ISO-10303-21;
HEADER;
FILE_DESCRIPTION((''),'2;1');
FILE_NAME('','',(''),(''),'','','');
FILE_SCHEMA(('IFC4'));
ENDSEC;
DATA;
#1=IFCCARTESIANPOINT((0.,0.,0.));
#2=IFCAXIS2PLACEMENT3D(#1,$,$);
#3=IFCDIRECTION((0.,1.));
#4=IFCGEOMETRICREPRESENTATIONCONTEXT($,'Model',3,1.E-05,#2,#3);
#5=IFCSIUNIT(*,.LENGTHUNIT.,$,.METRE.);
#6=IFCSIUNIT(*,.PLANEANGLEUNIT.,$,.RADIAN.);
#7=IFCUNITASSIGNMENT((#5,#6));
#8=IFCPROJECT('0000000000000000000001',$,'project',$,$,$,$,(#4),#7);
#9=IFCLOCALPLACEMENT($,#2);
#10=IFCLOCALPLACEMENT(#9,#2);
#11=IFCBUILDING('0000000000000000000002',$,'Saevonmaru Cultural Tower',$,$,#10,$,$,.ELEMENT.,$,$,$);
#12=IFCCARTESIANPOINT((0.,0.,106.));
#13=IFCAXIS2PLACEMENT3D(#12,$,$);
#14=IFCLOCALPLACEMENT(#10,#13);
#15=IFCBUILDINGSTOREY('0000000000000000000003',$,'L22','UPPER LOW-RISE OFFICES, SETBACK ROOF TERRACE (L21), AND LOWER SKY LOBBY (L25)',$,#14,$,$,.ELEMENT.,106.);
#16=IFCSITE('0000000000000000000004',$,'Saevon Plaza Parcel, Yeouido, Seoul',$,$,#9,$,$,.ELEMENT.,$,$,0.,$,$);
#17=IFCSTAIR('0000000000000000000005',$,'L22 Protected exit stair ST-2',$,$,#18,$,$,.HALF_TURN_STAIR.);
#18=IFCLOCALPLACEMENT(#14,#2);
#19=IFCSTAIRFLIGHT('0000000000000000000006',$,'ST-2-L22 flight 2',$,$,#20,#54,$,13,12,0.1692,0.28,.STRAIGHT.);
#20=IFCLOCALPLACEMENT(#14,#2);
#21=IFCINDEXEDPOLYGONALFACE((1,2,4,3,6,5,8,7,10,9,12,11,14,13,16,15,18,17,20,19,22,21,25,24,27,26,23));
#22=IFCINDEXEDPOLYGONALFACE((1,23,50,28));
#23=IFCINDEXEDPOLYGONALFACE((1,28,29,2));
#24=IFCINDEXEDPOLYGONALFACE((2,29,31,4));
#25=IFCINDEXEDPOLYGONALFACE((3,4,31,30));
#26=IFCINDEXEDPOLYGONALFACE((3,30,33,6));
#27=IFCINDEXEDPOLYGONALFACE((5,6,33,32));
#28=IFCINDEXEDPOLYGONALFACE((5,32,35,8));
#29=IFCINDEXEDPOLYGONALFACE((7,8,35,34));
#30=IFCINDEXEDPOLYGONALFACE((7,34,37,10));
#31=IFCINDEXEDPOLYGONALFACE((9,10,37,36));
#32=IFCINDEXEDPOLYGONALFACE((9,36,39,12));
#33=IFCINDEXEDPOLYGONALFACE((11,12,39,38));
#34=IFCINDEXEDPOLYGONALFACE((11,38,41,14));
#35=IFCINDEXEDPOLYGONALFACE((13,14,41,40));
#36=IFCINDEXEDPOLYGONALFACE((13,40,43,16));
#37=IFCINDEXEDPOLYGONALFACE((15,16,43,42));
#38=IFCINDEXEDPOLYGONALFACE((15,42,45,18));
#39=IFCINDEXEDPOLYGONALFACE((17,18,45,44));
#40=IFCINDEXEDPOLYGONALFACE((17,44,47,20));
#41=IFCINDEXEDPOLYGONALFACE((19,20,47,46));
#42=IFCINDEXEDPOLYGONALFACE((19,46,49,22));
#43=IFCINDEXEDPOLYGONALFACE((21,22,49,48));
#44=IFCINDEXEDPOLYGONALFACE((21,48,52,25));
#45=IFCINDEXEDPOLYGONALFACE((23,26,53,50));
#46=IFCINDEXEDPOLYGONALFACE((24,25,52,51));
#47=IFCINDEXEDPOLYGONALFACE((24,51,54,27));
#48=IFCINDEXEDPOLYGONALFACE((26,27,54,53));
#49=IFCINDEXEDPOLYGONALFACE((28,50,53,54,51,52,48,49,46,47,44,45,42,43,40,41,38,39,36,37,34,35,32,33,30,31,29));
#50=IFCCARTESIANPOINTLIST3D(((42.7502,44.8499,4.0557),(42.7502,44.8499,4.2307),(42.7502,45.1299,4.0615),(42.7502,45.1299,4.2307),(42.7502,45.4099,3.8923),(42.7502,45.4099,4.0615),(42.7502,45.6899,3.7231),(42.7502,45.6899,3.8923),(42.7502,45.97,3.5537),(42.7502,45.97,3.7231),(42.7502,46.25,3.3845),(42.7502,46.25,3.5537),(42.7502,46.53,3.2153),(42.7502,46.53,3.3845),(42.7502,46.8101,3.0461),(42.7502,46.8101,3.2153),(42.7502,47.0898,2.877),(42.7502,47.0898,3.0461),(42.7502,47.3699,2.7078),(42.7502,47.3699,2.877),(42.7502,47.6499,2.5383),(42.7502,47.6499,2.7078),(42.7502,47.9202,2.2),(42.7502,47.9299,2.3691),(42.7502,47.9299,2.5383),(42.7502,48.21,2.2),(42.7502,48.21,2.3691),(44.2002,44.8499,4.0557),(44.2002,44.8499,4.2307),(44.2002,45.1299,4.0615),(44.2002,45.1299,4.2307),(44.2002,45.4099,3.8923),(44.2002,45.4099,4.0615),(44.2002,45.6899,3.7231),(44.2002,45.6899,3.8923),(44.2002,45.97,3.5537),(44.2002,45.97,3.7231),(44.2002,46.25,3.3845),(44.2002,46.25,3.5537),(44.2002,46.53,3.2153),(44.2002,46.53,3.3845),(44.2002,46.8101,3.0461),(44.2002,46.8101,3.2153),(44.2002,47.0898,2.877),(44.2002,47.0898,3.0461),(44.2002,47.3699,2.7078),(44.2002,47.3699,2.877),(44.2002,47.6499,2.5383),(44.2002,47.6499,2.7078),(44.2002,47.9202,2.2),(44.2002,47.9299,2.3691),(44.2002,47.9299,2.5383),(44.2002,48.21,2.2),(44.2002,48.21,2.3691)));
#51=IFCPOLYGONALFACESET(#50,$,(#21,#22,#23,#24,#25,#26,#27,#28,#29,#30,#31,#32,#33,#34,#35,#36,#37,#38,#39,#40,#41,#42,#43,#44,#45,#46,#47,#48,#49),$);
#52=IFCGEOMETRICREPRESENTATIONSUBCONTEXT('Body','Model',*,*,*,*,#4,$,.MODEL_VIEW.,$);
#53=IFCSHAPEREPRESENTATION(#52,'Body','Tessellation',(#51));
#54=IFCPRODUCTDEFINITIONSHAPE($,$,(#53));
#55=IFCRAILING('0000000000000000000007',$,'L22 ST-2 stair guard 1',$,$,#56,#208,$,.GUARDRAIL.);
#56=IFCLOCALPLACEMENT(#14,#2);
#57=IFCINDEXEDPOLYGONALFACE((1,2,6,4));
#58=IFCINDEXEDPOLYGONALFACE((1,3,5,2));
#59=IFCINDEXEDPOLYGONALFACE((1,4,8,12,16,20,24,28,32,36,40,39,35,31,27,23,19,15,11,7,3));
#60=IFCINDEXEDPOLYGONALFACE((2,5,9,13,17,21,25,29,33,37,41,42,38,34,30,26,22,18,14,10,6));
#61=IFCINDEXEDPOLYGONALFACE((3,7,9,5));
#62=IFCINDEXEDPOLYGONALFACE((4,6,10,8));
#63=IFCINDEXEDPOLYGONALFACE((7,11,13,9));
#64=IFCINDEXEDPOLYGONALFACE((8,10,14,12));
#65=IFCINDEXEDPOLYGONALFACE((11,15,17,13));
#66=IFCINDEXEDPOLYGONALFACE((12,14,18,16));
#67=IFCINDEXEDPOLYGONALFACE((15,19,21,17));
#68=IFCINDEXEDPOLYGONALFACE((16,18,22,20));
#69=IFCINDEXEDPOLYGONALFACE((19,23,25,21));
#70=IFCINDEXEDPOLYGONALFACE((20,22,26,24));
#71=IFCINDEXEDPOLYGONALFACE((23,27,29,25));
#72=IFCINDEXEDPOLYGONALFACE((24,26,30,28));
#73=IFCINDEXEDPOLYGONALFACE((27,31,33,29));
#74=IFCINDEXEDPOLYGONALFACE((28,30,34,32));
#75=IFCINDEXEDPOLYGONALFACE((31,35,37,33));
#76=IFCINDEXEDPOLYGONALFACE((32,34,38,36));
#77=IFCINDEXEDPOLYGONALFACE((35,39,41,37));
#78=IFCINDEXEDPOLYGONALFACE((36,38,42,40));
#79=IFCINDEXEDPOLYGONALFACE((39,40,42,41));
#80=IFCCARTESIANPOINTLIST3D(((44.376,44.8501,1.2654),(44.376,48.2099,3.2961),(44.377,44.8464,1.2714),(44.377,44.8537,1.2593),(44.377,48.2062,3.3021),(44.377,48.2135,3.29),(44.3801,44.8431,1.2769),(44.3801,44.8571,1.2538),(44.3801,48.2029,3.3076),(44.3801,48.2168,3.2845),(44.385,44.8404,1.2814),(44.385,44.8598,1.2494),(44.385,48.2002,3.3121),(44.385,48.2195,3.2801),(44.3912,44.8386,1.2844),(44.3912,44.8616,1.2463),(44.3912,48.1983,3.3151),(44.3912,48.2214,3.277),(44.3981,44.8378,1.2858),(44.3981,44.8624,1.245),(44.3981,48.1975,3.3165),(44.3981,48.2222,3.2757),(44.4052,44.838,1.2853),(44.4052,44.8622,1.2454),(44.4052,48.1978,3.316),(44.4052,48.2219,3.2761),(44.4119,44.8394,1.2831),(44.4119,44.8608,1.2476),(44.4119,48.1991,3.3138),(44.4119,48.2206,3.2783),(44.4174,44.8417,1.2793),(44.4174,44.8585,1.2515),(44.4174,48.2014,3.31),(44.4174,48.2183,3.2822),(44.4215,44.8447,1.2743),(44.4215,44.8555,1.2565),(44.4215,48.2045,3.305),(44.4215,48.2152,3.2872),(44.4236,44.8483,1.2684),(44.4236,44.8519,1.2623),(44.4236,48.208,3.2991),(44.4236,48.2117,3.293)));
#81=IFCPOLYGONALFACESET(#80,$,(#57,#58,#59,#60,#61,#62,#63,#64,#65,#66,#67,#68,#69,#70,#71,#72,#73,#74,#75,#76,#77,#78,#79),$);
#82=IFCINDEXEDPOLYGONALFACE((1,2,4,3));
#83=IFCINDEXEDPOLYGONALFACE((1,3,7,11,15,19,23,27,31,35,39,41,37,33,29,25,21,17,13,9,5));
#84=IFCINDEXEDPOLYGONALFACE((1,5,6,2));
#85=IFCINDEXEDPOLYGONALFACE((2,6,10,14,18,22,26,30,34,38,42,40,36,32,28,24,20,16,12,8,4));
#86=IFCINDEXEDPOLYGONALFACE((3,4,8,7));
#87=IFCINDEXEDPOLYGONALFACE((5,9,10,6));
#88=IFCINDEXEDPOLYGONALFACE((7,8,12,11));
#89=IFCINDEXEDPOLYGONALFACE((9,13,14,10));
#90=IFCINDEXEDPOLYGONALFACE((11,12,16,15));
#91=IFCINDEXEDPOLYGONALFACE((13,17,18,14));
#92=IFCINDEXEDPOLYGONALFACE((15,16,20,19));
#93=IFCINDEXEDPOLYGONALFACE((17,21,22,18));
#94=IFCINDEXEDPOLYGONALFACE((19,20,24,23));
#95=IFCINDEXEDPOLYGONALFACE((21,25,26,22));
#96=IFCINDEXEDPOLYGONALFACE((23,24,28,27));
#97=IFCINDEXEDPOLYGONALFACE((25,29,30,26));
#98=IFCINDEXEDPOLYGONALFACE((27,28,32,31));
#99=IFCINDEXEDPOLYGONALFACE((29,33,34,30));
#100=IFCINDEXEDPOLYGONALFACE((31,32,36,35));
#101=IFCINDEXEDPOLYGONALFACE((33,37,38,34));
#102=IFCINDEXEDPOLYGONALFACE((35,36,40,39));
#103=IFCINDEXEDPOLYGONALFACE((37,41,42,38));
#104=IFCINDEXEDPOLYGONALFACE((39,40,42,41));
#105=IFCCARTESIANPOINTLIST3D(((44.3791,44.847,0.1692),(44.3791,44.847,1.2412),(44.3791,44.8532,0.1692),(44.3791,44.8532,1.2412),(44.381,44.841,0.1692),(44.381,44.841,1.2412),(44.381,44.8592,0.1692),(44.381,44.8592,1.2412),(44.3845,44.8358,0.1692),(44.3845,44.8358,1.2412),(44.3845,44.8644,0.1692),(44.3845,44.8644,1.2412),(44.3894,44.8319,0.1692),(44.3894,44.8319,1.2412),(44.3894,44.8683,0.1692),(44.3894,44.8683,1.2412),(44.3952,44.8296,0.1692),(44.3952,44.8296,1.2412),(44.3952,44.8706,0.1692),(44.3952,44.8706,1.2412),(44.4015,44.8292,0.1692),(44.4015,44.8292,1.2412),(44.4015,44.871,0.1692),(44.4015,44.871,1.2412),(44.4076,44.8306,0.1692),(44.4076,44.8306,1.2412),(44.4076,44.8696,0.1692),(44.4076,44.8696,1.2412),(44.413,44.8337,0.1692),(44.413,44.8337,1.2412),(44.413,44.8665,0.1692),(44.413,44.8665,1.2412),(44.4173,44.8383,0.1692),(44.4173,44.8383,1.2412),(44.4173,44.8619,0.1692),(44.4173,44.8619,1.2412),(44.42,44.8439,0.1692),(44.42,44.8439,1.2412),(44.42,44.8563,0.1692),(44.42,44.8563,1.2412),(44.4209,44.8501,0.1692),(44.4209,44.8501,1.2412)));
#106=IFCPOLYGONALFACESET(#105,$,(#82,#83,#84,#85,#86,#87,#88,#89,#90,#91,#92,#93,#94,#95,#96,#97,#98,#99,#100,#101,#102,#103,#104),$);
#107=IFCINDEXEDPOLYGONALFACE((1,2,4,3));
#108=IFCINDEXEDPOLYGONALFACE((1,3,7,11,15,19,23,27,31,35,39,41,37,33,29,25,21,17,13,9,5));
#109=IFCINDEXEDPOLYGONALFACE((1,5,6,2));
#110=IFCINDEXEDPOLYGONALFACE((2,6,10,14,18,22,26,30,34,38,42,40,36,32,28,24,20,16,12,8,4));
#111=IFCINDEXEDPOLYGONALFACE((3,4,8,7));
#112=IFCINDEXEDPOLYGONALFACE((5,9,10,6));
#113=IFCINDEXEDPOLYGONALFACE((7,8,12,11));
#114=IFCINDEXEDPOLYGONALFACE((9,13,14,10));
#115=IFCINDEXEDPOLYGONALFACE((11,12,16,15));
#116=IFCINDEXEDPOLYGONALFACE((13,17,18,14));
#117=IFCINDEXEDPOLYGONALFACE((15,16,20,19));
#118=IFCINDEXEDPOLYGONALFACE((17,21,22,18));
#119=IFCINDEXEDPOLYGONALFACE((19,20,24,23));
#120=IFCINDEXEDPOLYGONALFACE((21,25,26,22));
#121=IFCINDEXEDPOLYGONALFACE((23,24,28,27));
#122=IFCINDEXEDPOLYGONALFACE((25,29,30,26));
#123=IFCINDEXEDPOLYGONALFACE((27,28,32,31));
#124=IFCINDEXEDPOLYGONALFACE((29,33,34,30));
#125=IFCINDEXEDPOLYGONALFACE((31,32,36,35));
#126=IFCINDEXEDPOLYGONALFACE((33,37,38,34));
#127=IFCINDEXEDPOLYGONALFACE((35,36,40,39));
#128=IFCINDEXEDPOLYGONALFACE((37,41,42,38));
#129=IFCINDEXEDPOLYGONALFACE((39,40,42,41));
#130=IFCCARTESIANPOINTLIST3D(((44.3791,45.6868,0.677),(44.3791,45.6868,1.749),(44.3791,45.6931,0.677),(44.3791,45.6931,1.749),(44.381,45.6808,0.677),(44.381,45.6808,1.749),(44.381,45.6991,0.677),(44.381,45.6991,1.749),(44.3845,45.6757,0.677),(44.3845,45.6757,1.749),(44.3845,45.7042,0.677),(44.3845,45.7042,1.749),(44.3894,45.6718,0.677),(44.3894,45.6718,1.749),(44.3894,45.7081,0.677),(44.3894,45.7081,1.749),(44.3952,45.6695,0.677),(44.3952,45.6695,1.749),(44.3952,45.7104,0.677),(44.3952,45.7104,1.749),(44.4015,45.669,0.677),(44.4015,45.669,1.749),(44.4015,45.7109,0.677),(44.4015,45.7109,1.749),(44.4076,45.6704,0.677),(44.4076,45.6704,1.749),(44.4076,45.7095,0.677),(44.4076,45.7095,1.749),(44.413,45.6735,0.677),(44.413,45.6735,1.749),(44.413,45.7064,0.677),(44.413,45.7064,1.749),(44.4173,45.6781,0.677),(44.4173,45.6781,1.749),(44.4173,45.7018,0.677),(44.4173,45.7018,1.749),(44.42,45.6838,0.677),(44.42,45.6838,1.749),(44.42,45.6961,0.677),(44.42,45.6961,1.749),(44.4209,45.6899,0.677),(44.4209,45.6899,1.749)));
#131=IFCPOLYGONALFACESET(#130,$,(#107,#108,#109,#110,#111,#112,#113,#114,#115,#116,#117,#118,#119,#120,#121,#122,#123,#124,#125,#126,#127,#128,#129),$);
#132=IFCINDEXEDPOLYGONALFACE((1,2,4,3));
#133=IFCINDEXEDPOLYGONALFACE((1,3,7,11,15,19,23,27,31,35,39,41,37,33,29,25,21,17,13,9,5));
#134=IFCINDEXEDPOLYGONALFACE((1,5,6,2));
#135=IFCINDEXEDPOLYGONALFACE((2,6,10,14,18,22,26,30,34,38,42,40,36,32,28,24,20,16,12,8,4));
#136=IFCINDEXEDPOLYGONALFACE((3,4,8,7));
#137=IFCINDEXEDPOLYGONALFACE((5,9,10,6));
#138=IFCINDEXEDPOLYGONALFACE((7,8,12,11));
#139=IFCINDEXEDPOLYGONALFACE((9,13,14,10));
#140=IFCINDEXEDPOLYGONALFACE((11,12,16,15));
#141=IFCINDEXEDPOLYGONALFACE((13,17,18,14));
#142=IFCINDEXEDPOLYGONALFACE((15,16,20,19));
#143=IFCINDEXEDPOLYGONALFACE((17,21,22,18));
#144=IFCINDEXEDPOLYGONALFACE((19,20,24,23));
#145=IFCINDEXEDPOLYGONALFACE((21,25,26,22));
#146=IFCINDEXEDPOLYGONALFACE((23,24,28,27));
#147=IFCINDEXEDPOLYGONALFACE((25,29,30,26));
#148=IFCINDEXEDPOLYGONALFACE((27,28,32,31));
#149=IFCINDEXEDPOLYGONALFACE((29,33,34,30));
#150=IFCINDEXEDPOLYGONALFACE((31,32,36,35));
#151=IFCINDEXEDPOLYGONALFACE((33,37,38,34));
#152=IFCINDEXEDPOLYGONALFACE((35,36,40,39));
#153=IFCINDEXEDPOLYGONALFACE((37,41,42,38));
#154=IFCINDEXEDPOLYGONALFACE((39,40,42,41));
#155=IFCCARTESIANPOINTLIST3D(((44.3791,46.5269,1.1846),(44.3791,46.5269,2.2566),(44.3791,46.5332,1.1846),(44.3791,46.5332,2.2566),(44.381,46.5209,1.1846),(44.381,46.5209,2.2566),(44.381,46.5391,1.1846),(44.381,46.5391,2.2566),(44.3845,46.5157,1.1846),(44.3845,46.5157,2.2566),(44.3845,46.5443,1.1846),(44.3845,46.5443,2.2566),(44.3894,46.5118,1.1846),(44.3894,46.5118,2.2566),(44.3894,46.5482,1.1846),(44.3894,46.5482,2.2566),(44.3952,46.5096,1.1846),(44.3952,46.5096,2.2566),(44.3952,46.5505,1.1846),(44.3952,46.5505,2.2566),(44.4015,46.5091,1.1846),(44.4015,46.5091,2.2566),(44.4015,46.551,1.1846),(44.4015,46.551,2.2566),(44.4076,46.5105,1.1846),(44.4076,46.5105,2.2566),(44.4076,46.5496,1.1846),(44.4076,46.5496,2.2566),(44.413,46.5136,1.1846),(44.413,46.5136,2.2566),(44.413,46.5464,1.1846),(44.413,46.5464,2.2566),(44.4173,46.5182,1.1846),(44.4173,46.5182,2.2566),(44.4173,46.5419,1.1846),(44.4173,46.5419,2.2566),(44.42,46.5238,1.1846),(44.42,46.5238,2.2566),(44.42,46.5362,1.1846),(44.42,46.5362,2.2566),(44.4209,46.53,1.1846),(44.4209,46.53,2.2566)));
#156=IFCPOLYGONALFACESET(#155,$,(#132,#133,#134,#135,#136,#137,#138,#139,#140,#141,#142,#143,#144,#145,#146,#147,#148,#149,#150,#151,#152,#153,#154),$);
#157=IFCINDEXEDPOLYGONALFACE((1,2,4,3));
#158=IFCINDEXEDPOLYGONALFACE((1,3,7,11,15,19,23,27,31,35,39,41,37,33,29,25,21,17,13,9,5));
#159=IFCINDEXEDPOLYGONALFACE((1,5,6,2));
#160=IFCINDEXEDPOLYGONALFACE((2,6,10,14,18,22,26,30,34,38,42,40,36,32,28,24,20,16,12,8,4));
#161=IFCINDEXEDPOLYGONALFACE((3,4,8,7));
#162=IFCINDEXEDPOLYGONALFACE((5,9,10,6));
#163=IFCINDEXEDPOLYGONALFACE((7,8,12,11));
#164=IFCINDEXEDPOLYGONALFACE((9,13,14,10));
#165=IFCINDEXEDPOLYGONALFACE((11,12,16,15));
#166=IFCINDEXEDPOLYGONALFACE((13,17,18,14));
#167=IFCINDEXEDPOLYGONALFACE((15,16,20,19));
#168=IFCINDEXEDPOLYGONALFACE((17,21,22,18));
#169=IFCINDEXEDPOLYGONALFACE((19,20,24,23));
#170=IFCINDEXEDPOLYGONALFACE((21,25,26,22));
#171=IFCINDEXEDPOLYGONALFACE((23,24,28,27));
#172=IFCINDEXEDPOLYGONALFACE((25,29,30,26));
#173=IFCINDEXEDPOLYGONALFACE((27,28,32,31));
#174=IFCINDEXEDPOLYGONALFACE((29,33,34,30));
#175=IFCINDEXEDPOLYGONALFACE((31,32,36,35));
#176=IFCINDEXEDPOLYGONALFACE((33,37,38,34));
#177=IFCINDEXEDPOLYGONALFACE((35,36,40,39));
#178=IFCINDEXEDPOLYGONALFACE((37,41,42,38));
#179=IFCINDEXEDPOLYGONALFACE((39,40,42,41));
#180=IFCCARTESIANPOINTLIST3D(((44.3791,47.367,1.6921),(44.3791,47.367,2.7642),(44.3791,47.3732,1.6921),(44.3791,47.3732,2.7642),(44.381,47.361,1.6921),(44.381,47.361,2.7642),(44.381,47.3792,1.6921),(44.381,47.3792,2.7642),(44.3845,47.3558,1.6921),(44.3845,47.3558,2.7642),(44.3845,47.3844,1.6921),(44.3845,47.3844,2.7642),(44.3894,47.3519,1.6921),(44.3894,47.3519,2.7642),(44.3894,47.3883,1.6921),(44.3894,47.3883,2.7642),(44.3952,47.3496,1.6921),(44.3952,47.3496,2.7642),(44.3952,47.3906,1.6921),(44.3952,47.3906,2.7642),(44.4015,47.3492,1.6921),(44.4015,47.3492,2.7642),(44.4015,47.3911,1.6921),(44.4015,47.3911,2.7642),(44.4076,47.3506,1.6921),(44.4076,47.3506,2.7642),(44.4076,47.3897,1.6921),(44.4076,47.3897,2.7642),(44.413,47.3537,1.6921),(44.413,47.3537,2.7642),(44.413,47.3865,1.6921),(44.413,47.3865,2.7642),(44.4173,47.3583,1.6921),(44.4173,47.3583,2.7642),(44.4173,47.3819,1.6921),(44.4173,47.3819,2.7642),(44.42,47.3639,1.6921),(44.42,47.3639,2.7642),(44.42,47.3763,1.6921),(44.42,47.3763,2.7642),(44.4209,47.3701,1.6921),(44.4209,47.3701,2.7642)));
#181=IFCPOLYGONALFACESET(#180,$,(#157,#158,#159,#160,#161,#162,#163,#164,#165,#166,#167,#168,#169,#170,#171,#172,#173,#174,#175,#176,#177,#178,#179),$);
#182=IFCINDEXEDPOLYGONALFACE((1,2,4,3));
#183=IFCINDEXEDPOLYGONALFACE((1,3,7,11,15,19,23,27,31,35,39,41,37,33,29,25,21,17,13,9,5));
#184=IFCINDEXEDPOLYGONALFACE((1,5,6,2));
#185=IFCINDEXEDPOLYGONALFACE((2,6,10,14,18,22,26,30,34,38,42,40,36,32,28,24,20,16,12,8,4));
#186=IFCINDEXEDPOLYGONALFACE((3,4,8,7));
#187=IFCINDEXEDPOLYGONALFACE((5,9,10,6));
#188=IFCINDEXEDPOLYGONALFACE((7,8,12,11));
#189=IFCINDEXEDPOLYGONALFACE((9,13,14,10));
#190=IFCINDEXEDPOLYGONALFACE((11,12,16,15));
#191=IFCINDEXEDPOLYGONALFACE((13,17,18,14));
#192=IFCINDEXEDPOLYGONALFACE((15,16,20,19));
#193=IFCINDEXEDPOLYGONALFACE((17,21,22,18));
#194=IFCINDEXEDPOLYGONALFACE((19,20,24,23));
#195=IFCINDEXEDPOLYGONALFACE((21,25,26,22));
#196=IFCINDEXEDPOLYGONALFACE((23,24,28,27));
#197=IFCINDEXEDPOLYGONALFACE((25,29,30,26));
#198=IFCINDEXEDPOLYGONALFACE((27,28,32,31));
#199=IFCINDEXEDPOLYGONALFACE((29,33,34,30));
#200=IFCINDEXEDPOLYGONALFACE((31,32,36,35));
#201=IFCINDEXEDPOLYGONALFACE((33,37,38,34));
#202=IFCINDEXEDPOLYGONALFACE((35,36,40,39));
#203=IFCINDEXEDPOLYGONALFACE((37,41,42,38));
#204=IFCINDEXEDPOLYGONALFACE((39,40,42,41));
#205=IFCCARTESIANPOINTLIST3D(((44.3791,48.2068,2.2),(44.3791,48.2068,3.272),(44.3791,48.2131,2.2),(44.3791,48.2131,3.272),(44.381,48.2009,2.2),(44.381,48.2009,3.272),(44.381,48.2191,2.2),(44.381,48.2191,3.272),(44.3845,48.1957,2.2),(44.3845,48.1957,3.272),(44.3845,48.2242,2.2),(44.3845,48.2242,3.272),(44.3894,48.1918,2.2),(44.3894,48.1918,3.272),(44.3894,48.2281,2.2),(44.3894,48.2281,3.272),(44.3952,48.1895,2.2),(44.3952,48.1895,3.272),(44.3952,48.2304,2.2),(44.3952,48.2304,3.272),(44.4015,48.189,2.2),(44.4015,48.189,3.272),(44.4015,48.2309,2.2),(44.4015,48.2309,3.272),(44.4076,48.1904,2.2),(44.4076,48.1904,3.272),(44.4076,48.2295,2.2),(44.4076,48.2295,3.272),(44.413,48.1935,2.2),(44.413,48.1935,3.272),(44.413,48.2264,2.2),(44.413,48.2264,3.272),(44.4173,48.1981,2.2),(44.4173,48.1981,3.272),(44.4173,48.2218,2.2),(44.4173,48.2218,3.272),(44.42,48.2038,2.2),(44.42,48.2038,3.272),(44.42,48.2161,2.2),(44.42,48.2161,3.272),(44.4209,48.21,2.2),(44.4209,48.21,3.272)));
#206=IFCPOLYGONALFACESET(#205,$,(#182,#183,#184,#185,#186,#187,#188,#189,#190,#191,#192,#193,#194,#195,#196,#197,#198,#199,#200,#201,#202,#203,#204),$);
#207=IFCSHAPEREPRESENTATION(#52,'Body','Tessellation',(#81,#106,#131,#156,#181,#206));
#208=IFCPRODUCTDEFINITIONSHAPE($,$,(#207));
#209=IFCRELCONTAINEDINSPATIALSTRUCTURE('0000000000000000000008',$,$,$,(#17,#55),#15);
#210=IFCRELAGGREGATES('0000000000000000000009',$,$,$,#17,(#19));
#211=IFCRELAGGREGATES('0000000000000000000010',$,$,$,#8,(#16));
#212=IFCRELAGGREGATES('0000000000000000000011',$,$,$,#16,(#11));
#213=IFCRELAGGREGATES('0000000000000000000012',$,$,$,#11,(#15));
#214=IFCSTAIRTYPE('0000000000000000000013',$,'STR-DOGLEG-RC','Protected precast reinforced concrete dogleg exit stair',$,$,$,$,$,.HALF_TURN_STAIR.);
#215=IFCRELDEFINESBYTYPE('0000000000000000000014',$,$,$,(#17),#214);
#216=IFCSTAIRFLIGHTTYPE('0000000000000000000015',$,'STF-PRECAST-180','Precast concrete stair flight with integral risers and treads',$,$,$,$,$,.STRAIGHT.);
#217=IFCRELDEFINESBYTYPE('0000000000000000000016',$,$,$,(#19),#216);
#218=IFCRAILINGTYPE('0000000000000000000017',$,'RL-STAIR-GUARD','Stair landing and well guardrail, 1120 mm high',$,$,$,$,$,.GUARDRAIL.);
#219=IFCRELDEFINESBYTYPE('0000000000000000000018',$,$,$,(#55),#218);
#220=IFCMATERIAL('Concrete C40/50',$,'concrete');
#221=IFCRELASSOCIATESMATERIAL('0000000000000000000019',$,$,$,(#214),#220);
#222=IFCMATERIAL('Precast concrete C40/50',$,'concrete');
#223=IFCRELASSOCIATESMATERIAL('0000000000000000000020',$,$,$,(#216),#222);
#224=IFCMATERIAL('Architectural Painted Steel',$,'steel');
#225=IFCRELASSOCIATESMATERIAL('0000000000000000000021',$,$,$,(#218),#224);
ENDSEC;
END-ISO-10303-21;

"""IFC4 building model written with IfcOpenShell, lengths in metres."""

from ifc_helpers import new_model, si_unit, direction, frame, origin, origin_2d, place, context, subcontext, project, spatial, polyline, circle, outline, extrude, material, type_object, element, aggregate, save


model = new_model("IFC4")

# Units and contexts
model_context = context("Model", 3, precision=1e-05, world=origin(), true_north=direction((0.0, 1.0)))
body_context = subcontext(model_context, "Body", "Model", "MODEL_VIEW")
ifc_project = project(units=[si_unit("LENGTHUNIT", "METRE"), si_unit("PLANEANGLEUNIT", "RADIAN")], contexts=[model_context])

# Site, building, storey
site_placement = place(None, origin())
site = spatial("IfcSite", under=ifc_project, at=site_placement, Name="Saevon Plaza Parcel, Yeouido, Seoul", CompositionType="ELEMENT", RefElevation=0.0)
building_placement = place(site_placement, origin())
building = spatial("IfcBuilding", under=site, at=building_placement, Name="Saevonmaru Cultural Tower", CompositionType="ELEMENT")
storey_placement = place(building_placement, frame((0.0, 0.0, 106.0)))
storey = spatial("IfcBuildingStorey", under=building, at=storey_placement, Name="L22", Description="UPPER LOW-RISE OFFICES, SETBACK ROOF TERRACE (L21), AND LOWER SKY LOBBY (L25)", CompositionType="ELEMENT", Elevation=106.0)

# Stair, stair flight
ifc_material_1 = material(Name="Concrete C40/50", Category="concrete")
stair_type = type_object("IfcStairType", Name="STR-DOGLEG-RC", Description="Protected precast reinforced concrete dogleg exit stair", PredefinedType="HALF_TURN_STAIR", material=ifc_material_1)
stair_placement = place(storey_placement, origin())
stair = element("IfcStair", 1, at=stair_placement, inside=storey, type_object=stair_type, Name="L22 Protected exit stair ST-2", PredefinedType="HALF_TURN_STAIR")
ifc_material_2 = material(Name="Precast concrete C40/50", Category="concrete")
stair_flight_type = type_object("IfcStairFlightType", Name="STF-PRECAST-180", Description="Precast concrete stair flight with integral risers and treads", PredefinedType="STRAIGHT", material=ifc_material_2)
stair_flight_1_placement = place(storey_placement, frame((43.4751, 48.21, 2.2), z_axis=(0.0, 0.0, 1.0), x_axis=(0.0, -1.0, 0.0)))
stair_flight_1 = element("IfcStairFlight", 2, at=stair_flight_1_placement, type_object=stair_flight_type, Name="ST-2-L22 flight 2", NumberOfRisers=13, NumberOfTreads=12, PredefinedType="STRAIGHT", RiserHeight=0.1692, TreadLength=0.28, context=body_context, shape_type="SweptSolid", body=[
    extrude(outline(polyline([(0.0, 0.0), (0.0, 0.1692), (0.28, 0.1692), (0.28, 0.3384), (0.5601, 0.3384), (0.5601, 0.5078), (0.8401, 0.5078), (0.8401, 0.677), (1.1201, 0.677), (1.1201, 0.8462), (1.3999, 0.8462), (1.3999, 1.0154), (1.6799, 1.0154), (1.6799, 1.1846), (1.96, 1.1846), (1.96, 1.3538), (2.24, 1.3538), (2.24, 1.5232), (2.52, 1.5232), (2.52, 1.6924), (2.8, 1.6924), (2.8, 1.8616), (3.0801, 1.8616), (3.0801, 2.0308), (3.3601, 2.0308), (3.3601, 2.2), (3.3601, 1.8557), (0.2898, 0.0), (0.0, 0.0)])), frame((0.0, 0.7251, 0.0), z_axis=(0.0, -1.0, 0.0), x_axis=(1.0, 0.0, 0.0)), (0.0, 0.0, 1.0), 1.45),
])
aggregate(stair, [stair_flight_1])

# Railing
ifc_material_3 = material(Name="Architectural Painted Steel", Category="steel")
railing_type_1 = type_object("IfcRailingType", Name="RL-STAIR-GUARD", Description="Stair landing and well guardrail, 1120 mm high", PredefinedType="GUARDRAIL", material=ifc_material_3)
railing_1_placement = place(storey_placement, frame((44.3999, 44.8501, 0.1692)))
element("IfcRailing", 3, at=railing_1_placement, inside=storey, type_object=railing_type_1, Name="L22 ST-2 stair guard 1", PredefinedType="GUARDRAIL", context=body_context, shape_type="SweptSolid", body=[
    extrude(circle(Radius=0.0239, at=origin_2d()), frame((0.0, 0.0, 1.0962), z_axis=(0.0, 0.85582, 0.517273), x_axis=(-1.0, 0.0, 0.0)), (0.0, 0.0, 1.0), 3.9258),
    extrude(circle(Radius=0.021, at=origin_2d()), origin(), (0.0, 0.0, 1.0), 1.072),
    extrude(circle(Radius=0.021, at=origin_2d()), frame((0.0, 0.8398, 0.5078)), (0.0, 0.0, 1.0), 1.072),
    extrude(circle(Radius=0.021, at=origin_2d()), frame((0.0, 1.6799, 1.0154)), (0.0, 0.0, 1.0), 1.072),
    extrude(circle(Radius=0.021, at=origin_2d()), frame((0.0, 2.52, 1.5229)), (0.0, 0.0, 1.0), 1.072),
    extrude(circle(Radius=0.021, at=origin_2d()), frame((0.0, 3.3599, 2.0308)), (0.0, 0.0, 1.0), 1.072),
])

save(model, "model.ifc")
